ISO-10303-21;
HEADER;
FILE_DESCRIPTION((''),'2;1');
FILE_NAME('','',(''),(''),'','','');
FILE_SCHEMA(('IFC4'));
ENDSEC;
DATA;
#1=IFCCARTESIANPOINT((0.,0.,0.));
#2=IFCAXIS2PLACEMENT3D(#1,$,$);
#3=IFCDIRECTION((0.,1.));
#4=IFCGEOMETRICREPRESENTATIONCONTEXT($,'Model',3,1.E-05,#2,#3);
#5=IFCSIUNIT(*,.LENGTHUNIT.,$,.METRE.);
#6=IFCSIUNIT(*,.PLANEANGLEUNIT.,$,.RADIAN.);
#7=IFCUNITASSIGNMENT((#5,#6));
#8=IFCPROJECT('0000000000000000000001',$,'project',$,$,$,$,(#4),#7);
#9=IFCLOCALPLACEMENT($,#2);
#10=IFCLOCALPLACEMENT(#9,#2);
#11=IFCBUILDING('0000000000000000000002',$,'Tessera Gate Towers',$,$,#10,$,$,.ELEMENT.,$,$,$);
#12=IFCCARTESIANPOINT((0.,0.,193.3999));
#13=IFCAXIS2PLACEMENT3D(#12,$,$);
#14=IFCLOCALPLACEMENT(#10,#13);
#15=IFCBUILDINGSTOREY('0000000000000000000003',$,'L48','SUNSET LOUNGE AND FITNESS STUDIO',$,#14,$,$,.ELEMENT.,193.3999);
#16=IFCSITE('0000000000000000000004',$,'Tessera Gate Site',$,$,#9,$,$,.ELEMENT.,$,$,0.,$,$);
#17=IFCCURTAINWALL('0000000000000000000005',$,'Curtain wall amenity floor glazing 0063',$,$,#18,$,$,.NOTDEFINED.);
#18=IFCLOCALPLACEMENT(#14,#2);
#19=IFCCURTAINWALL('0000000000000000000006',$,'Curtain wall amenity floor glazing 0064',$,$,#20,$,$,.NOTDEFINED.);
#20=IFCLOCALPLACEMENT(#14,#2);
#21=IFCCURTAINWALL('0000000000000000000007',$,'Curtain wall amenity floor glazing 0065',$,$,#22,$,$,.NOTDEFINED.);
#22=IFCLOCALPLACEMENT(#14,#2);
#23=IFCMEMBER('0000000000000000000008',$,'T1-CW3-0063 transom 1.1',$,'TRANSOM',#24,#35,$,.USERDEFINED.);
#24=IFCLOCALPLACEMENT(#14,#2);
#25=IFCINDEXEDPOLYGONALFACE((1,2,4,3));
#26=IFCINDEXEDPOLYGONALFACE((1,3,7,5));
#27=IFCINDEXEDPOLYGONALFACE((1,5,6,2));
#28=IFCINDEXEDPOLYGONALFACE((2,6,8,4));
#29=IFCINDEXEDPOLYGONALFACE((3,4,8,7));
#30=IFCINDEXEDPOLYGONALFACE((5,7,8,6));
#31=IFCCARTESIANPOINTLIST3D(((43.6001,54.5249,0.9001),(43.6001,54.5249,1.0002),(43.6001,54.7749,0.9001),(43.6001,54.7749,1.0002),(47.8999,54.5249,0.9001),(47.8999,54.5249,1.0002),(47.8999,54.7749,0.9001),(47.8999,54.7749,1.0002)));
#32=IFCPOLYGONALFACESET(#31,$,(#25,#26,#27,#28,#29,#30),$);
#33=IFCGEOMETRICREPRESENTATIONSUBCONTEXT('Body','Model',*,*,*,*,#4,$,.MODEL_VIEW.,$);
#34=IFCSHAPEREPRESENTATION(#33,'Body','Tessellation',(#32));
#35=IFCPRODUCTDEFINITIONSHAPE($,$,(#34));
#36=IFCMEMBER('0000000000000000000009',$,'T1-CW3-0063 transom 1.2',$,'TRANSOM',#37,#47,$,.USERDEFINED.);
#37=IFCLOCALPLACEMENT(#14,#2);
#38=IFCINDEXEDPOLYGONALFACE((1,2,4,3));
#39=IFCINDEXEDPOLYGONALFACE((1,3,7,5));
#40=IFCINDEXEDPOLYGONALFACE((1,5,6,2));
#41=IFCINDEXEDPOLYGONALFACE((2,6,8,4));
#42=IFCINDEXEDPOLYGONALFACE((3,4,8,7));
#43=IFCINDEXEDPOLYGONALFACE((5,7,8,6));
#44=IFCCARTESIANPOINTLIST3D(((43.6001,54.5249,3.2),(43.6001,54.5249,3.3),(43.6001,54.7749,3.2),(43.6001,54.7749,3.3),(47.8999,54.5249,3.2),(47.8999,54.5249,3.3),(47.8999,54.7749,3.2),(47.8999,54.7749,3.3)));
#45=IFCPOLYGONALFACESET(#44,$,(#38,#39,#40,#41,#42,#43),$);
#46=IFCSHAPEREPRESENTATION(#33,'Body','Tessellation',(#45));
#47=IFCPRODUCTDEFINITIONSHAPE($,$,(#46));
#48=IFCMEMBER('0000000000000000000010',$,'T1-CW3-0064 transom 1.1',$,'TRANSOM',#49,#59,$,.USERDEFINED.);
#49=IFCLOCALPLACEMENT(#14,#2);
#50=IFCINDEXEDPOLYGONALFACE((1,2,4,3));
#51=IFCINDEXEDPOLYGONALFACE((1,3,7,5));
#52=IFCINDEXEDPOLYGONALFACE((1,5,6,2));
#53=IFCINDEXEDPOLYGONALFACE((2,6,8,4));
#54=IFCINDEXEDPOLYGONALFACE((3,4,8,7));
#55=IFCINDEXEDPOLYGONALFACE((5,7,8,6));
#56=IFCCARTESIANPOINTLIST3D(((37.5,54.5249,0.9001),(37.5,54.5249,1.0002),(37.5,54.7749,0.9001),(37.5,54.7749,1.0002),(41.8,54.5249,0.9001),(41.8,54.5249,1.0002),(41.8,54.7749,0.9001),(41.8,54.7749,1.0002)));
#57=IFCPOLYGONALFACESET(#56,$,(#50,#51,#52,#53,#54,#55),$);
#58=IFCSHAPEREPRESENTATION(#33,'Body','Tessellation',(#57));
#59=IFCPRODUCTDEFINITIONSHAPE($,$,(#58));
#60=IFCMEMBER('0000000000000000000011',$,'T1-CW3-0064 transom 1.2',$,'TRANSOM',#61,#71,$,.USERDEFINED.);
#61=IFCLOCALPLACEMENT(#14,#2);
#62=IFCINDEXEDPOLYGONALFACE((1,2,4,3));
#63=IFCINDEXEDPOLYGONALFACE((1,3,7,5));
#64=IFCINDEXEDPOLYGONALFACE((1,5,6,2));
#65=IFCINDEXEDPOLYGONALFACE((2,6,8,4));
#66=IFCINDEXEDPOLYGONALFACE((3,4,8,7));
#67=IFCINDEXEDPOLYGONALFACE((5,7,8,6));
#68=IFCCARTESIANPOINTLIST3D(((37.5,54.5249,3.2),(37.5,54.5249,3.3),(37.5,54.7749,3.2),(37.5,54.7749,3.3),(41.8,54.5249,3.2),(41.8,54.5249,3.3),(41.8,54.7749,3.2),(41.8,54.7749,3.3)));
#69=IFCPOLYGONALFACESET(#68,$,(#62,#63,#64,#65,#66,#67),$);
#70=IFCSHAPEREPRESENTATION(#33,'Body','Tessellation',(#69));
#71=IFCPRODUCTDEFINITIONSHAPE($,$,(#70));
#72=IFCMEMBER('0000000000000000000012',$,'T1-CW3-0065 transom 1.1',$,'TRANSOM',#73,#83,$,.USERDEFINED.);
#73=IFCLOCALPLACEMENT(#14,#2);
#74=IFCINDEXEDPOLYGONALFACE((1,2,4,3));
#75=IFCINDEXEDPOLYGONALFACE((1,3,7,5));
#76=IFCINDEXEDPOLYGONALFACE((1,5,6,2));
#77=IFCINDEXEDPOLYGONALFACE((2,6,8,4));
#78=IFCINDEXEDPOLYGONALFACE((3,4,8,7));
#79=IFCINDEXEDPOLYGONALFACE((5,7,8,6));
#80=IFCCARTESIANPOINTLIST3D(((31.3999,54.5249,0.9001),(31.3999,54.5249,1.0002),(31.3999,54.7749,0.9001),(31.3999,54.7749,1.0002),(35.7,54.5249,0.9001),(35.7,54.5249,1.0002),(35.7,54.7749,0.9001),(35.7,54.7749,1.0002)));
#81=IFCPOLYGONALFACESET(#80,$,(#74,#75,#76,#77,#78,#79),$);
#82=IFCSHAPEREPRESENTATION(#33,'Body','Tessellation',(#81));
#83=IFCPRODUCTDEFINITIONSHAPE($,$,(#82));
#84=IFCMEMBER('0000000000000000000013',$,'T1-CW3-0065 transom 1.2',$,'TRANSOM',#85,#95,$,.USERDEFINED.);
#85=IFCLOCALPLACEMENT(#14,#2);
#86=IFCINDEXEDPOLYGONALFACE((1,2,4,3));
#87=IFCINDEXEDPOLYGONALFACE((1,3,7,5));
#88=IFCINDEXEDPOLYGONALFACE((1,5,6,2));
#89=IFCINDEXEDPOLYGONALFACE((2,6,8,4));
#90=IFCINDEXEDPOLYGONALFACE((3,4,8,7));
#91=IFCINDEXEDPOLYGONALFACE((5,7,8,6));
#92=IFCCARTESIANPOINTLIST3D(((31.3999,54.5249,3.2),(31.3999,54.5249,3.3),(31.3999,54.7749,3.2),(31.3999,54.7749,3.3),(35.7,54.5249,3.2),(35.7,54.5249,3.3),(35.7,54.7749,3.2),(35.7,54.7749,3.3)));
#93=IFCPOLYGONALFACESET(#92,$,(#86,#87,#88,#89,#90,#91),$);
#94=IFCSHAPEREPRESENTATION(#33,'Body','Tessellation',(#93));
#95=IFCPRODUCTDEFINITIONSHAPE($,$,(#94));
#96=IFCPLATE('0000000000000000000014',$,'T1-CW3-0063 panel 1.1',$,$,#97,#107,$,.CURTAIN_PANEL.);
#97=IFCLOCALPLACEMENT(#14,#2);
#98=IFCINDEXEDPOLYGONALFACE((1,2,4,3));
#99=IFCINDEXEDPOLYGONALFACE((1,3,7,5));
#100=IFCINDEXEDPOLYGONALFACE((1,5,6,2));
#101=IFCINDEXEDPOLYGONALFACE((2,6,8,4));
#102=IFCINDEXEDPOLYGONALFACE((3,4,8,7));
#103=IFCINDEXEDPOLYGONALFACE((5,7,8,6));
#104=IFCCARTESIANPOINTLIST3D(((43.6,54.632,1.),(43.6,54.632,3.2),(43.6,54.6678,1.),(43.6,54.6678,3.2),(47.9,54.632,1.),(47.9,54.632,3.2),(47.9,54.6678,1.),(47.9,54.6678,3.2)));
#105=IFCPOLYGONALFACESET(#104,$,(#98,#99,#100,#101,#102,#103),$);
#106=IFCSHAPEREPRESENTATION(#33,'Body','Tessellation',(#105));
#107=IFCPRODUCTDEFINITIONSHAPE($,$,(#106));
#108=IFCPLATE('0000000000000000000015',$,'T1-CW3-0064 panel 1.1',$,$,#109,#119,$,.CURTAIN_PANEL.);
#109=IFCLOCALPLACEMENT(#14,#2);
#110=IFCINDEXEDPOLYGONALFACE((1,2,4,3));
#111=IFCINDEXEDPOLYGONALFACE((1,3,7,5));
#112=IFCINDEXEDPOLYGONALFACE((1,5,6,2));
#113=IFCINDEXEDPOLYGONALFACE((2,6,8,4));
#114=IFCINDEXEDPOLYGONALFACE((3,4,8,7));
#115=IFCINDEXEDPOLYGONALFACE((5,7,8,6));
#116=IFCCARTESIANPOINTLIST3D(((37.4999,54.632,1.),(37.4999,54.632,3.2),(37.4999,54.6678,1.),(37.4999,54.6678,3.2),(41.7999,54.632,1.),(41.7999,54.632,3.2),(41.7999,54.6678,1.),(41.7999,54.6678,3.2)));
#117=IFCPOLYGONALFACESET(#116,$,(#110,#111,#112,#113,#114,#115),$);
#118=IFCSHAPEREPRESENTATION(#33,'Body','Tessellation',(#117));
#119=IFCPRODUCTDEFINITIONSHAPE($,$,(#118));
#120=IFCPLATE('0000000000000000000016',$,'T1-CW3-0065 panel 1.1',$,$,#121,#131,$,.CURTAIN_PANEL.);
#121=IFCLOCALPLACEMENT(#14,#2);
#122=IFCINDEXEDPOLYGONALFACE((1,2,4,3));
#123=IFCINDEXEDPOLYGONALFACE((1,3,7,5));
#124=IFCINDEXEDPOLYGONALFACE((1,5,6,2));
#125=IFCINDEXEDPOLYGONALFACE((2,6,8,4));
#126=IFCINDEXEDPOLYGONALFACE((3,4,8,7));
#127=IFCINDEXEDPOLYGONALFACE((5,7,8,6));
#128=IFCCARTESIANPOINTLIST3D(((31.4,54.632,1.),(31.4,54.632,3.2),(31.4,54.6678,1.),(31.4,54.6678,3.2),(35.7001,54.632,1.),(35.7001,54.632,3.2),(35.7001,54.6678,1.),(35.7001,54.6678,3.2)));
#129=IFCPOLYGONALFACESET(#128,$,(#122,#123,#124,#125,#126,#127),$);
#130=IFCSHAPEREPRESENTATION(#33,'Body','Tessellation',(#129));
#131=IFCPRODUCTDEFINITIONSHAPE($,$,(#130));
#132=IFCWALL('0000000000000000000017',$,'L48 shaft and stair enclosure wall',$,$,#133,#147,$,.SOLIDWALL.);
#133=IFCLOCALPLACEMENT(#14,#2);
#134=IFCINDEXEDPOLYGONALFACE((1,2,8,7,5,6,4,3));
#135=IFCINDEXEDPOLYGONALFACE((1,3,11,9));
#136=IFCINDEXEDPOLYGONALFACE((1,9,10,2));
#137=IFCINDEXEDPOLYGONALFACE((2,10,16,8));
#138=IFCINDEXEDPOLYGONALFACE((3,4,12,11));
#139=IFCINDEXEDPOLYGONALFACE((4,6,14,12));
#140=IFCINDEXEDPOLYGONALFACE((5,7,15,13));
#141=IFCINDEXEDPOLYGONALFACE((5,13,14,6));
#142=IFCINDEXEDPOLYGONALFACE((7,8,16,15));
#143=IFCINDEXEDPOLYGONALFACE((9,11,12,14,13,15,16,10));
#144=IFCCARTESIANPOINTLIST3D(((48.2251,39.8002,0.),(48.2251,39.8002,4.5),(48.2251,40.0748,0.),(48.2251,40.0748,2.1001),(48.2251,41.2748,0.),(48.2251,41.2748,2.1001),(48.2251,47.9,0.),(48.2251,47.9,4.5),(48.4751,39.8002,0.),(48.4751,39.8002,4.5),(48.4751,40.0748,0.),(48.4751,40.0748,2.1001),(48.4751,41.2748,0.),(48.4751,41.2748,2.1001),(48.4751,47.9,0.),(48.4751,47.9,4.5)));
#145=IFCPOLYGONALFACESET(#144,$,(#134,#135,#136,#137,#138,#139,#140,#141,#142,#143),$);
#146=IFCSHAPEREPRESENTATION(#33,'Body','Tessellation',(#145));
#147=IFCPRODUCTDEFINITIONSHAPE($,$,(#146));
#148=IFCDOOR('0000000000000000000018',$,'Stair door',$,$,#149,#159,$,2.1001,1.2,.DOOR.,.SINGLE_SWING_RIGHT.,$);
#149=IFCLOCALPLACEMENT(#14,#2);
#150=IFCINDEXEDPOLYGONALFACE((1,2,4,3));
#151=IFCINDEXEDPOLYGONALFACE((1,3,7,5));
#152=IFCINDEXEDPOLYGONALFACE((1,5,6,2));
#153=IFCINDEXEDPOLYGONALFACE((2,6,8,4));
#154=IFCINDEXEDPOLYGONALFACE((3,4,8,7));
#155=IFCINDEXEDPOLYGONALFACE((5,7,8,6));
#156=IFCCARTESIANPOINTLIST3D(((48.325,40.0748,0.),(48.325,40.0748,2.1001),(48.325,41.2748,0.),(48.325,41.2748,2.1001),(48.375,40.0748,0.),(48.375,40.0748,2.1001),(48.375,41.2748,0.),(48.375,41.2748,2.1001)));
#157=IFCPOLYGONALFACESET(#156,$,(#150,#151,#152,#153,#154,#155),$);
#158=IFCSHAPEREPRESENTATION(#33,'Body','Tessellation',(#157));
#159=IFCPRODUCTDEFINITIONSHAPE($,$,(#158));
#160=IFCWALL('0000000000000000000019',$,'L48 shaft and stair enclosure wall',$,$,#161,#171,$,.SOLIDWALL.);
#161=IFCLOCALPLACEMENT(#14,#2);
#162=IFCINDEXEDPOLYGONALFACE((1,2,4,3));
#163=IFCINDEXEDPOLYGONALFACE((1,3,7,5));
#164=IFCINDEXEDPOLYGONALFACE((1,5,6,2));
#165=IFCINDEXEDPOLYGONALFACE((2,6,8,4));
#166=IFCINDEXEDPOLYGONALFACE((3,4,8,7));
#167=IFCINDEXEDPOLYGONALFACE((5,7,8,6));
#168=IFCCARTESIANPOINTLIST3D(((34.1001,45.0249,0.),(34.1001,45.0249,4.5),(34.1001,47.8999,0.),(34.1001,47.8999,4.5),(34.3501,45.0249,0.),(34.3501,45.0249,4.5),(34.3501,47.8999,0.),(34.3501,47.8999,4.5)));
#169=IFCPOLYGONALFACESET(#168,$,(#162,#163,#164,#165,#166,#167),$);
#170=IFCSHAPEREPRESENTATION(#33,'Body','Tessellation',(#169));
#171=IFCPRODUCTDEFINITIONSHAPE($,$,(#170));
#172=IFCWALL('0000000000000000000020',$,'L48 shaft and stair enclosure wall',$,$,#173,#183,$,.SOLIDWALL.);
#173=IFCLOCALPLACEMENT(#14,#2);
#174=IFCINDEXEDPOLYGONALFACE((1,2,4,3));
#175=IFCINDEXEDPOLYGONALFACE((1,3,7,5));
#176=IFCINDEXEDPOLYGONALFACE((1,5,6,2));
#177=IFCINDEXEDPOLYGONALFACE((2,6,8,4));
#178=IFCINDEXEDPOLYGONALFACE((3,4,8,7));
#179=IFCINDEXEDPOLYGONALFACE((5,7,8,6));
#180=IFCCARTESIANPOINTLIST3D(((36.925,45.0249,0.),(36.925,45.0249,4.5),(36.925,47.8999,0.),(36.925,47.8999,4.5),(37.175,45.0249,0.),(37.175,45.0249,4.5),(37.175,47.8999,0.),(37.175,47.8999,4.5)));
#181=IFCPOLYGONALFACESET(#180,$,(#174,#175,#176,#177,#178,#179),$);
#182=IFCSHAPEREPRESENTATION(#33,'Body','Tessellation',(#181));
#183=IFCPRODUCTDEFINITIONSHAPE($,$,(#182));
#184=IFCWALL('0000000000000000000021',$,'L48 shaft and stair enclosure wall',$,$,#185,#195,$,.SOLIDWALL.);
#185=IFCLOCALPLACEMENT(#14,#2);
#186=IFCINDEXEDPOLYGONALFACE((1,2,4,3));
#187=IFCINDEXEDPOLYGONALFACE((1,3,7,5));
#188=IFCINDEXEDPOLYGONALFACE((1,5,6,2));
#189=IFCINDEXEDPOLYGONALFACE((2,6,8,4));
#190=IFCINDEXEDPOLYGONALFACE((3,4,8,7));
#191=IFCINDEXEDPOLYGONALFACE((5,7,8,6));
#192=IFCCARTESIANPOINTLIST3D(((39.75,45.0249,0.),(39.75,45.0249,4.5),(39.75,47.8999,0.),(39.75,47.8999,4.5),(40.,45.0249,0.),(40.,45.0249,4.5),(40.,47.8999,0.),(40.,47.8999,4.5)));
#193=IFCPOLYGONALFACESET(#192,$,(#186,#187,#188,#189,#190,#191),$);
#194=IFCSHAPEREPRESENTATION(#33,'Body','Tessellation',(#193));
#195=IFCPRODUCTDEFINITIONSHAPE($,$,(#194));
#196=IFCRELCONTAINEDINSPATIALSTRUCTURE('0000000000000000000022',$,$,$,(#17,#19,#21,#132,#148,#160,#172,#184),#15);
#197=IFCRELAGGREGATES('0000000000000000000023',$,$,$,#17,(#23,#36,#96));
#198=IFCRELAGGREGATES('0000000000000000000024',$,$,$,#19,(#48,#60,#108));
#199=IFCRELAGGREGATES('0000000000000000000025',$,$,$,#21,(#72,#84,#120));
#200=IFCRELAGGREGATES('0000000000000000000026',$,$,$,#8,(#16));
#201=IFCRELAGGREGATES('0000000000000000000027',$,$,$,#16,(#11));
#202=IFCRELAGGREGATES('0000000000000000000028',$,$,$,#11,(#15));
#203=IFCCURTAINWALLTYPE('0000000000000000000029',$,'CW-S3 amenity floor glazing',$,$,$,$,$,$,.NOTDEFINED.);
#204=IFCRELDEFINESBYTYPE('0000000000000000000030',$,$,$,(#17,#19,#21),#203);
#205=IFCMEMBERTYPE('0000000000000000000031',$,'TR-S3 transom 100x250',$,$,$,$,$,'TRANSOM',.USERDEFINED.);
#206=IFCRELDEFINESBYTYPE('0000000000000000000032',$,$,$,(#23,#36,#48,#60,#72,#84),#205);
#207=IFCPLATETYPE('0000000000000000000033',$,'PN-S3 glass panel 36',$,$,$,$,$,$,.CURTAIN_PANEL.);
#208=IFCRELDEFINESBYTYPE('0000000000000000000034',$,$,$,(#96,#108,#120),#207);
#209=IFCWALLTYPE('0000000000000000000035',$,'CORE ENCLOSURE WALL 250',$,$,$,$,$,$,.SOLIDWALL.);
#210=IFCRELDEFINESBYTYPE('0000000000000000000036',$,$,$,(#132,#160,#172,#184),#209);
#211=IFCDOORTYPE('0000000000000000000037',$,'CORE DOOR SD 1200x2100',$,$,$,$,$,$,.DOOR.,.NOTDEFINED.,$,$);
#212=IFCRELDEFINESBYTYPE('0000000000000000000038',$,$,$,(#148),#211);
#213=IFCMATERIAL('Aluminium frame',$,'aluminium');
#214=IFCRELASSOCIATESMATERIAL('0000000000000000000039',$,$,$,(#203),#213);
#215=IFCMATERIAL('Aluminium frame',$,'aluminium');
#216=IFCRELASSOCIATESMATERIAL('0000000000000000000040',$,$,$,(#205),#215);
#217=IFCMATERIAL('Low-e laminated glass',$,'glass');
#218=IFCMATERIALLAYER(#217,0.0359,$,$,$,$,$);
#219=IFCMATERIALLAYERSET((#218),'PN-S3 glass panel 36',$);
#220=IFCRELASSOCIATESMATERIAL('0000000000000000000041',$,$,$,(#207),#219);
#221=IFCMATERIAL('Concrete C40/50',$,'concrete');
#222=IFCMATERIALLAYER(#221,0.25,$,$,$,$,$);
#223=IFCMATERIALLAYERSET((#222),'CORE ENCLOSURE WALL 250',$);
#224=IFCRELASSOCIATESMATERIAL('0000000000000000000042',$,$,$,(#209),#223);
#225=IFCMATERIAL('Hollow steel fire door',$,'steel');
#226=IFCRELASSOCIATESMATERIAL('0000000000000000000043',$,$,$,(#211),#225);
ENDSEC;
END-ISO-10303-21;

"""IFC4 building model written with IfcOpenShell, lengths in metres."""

from ifc_helpers import new_model, si_unit, direction, frame, frame_2d, origin, origin_2d, place, context, subcontext, project, spatial, rectangle, extrude, source, transform, mapped, material, layer, layer_set, material_profile, profile_set, type_object, element, fill, aggregate, save


model = new_model("IFC4")

# Units and contexts
model_context = context("Model", 3, precision=1e-05, world=origin(), true_north=direction((0.0, 1.0)))
body_context = subcontext(model_context, "Body", "Model", "MODEL_VIEW")
ifc_project = project(units=[si_unit("LENGTHUNIT", "METRE"), si_unit("PLANEANGLEUNIT", "RADIAN")], contexts=[model_context])

# Site, building, storey
site_placement = place(None, origin())
site = spatial("IfcSite", under=ifc_project, at=site_placement, Name="Tessera Gate Site", CompositionType="ELEMENT", RefElevation=0.0)
building_placement = place(site_placement, origin())
building = spatial("IfcBuilding", under=site, at=building_placement, Name="Tessera Gate Towers", CompositionType="ELEMENT")
storey_placement = place(building_placement, frame((0.0, 0.0, 193.3999)))
storey = spatial("IfcBuildingStorey", under=building, at=storey_placement, Name="L48", Description="SUNSET LOUNGE AND FITNESS STUDIO", CompositionType="ELEMENT", Elevation=193.3999)

# Shared definitions
ifc_material_1 = material(Name="Aluminium frame", Category="aluminium")
curtain_wall_type = type_object("IfcCurtainWallType", Name="CW-S3 amenity floor glazing", PredefinedType="NOTDEFINED", material=ifc_material_1)

# Curtain walls
curtain_wall_1_placement = place(storey_placement, origin())
curtain_wall_1 = element("IfcCurtainWall", 1, at=curtain_wall_1_placement, inside=storey, type_object=curtain_wall_type, Name="Curtain wall amenity floor glazing 0063", PredefinedType="NOTDEFINED")
curtain_wall_2_placement = place(storey_placement, origin())
curtain_wall_2 = element("IfcCurtainWall", 2, at=curtain_wall_2_placement, inside=storey, type_object=curtain_wall_type, Name="Curtain wall amenity floor glazing 0064", PredefinedType="NOTDEFINED")
curtain_wall_3_placement = place(storey_placement, origin())
curtain_wall_3 = element("IfcCurtainWall", 3, at=curtain_wall_3_placement, inside=storey, type_object=curtain_wall_type, Name="Curtain wall amenity floor glazing 0065", PredefinedType="NOTDEFINED")

# Members
ifc_material_2 = material(Name="Aluminium frame", Category="aluminium")
ifc_material_profile_1 = material_profile(ifc_material_2, rectangle(XDim=0.25, YDim=0.1001, at=origin_2d()), Name="AL 100x250")
ifc_profile_set_1 = profile_set([ifc_material_profile_1], Name="Aluminium frame")
member_type_1 = type_object("IfcMemberType", Name="TR-S3 transom 100x250", ElementType="TRANSOM", PredefinedType="USERDEFINED", material=ifc_profile_set_1)
member_1_placement = place(storey_placement, frame((47.8999, 54.6499, 0.9502), z_axis=(-1.0, 0.0, 0.0), x_axis=(0.0, -1.0, 0.0)))
member_1 = element("IfcMember", 4, at=member_1_placement, type_object=member_type_1, Name="T1-CW3-0063 transom 1.1", ObjectType="TRANSOM", PredefinedType="USERDEFINED", context=body_context, shape_type="SweptSolid", body=[
    extrude(rectangle(XDim=0.25, YDim=0.1001, at=origin_2d()), origin(), (0.0, 0.0, 1.0), 4.2998),
])
member_2_placement = place(storey_placement, frame((47.8999, 54.6499, 3.25), z_axis=(-1.0, 0.0, 0.0), x_axis=(0.0, -1.0, 0.0)))
member_2 = element("IfcMember", 5, at=member_2_placement, type_object=member_type_1, Name="T1-CW3-0063 transom 1.2", ObjectType="TRANSOM", PredefinedType="USERDEFINED", context=body_context, shape_type="SweptSolid", body=[
    extrude(rectangle(XDim=0.25, YDim=0.1001, at=origin_2d()), origin(), (0.0, 0.0, 1.0), 4.2998),
])
member_3_placement = place(storey_placement, frame((41.8, 54.6499, 0.9502), z_axis=(-1.0, 0.0, 0.0), x_axis=(0.0, -1.0, 0.0)))
member_3 = element("IfcMember", 6, at=member_3_placement, type_object=member_type_1, Name="T1-CW3-0064 transom 1.1", ObjectType="TRANSOM", PredefinedType="USERDEFINED", context=body_context, shape_type="SweptSolid", body=[
    extrude(rectangle(XDim=0.25, YDim=0.1001, at=origin_2d()), origin(), (0.0, 0.0, 1.0), 4.3),
])
member_4_placement = place(storey_placement, frame((41.8, 54.6499, 3.25), z_axis=(-1.0, 0.0, 0.0), x_axis=(0.0, -1.0, 0.0)))
member_4 = element("IfcMember", 7, at=member_4_placement, type_object=member_type_1, Name="T1-CW3-0064 transom 1.2", ObjectType="TRANSOM", PredefinedType="USERDEFINED", context=body_context, shape_type="SweptSolid", body=[
    extrude(rectangle(XDim=0.25, YDim=0.1001, at=origin_2d()), origin(), (0.0, 0.0, 1.0), 4.3),
])
member_5_placement = place(storey_placement, frame((35.7, 54.6499, 0.9502), z_axis=(-1.0, 0.0, 0.0), x_axis=(0.0, -1.0, 0.0)))
member_5 = element("IfcMember", 8, at=member_5_placement, type_object=member_type_1, Name="T1-CW3-0065 transom 1.1", ObjectType="TRANSOM", PredefinedType="USERDEFINED", context=body_context, shape_type="SweptSolid", body=[
    extrude(rectangle(XDim=0.25, YDim=0.1001, at=origin_2d()), origin(), (0.0, 0.0, 1.0), 4.3),
])
member_6_placement = place(storey_placement, frame((35.7, 54.6499, 3.25), z_axis=(-1.0, 0.0, 0.0), x_axis=(0.0, -1.0, 0.0)))
member_6 = element("IfcMember", 9, at=member_6_placement, type_object=member_type_1, Name="T1-CW3-0065 transom 1.2", ObjectType="TRANSOM", PredefinedType="USERDEFINED", context=body_context, shape_type="SweptSolid", body=[
    extrude(rectangle(XDim=0.25, YDim=0.1001, at=origin_2d()), origin(), (0.0, 0.0, 1.0), 4.3),
])

# Plates
ifc_material_3 = material(Name="Low-e laminated glass", Category="glass")
ifc_layer_1 = layer(ifc_material_3, 0.0359)
ifc_layer_set_1 = layer_set([ifc_layer_1], Name="PN-S3 glass panel 36")
plate_type = type_object("IfcPlateType", Name="PN-S3 glass panel 36", PredefinedType="CURTAIN_PANEL", material=ifc_layer_set_1)
plate_1_placement = place(storey_placement, frame((45.75, 54.6499, 1.0), z_axis=(0.0, 0.0, 1.0), x_axis=(-1.0, 0.0, 0.0)))
plate_1 = element("IfcPlate", 10, at=plate_1_placement, type_object=plate_type, Name="T1-CW3-0063 panel 1.1", PredefinedType="CURTAIN_PANEL", context=body_context, shape_type="SweptSolid", body=[
    extrude(rectangle(XDim=4.3, YDim=0.0359, at=origin_2d()), origin(), (0.0, 0.0, 1.0), 2.2),
])
aggregate(curtain_wall_1, [member_1, member_2, plate_1])
plate_2_placement = place(storey_placement, frame((39.6499, 54.6499, 1.0), z_axis=(0.0, 0.0, 1.0), x_axis=(-1.0, 0.0, 0.0)))
plate_2 = element("IfcPlate", 11, at=plate_2_placement, type_object=plate_type, Name="T1-CW3-0064 panel 1.1", PredefinedType="CURTAIN_PANEL", context=body_context, shape_type="SweptSolid", body=[
    extrude(rectangle(XDim=4.3, YDim=0.0359, at=origin_2d()), origin(), (0.0, 0.0, 1.0), 2.2),
])
aggregate(curtain_wall_2, [member_3, member_4, plate_2])
plate_3_placement = place(storey_placement, frame((33.55, 54.6499, 1.0), z_axis=(0.0, 0.0, 1.0), x_axis=(-1.0, 0.0, 0.0)))
plate_3 = element("IfcPlate", 12, at=plate_3_placement, type_object=plate_type, Name="T1-CW3-0065 panel 1.1", PredefinedType="CURTAIN_PANEL", context=body_context, shape_type="SweptSolid", body=[
    extrude(rectangle(XDim=4.3, YDim=0.0359, at=origin_2d()), origin(), (0.0, 0.0, 1.0), 2.2),
])
aggregate(curtain_wall_3, [member_5, member_6, plate_3])

# Wall, opening, door
ifc_material_4 = material(Name="Concrete C40/50", Category="concrete")
ifc_layer_2 = layer(ifc_material_4, 0.25)
ifc_layer_set_2 = layer_set([ifc_layer_2], Name="CORE ENCLOSURE WALL 250")
wall_type_1 = type_object("IfcWallType", Name="CORE ENCLOSURE WALL 250", PredefinedType="SOLIDWALL", material=ifc_layer_set_2)
wall_1_placement = place(storey_placement, frame((48.3501, 47.8999, 0.0), z_axis=(0.0, 0.0, 1.0), x_axis=(0.0, -1.0, 0.0)))
wall_1 = element("IfcWall", 13, at=wall_1_placement, inside=storey, type_object=wall_type_1, Name="L48 shaft and stair enclosure wall", PredefinedType="SOLIDWALL", context=body_context, shape_type="SweptSolid", body=[
    extrude(rectangle(XDim=8.0999, YDim=0.25, at=frame_2d((4.0498, 0.0))), origin(), (0.0, 0.0, 1.0), 4.5),
])
shared_shape_1 = source(origin(), body_context, "Body", "SweptSolid", [
    extrude(rectangle(XDim=1.2, YDim=2.1001, at=frame_2d((0.6001, 1.05))), frame((0.0, 0.135, 0.0), z_axis=(0.0, -1.0, 0.0), x_axis=(1.0, 0.0, 0.0)), (0.0, 0.0, 1.0), 0.27),
])
opening_placement = place(wall_1_placement, frame((6.625, 0.0, 0.0)))
opening = element("IfcOpeningElement", 14, at=opening_placement, cuts=wall_1, PredefinedType="OPENING", context=body_context, shape_type="MappedRepresentation", body=[
    mapped(shared_shape_1, transform((0.0, 0.0, 0.0), scale=1.0)),
])
ifc_material_5 = material(Name="Hollow steel fire door", Category="steel")
door_type = type_object("IfcDoorType", Name="CORE DOOR SD 1200x2100", OperationType="NOTDEFINED", PredefinedType="DOOR", material=ifc_material_5)
shared_shape_2 = source(origin(), body_context, "Body", "SweptSolid", [
    extrude(rectangle(XDim=1.2, YDim=2.1001, at=frame_2d((0.6001, 1.05))), frame((0.0, 0.0249, 0.0), z_axis=(0.0, -1.0, 0.0), x_axis=(1.0, 0.0, 0.0)), (0.0, 0.0, 1.0), 0.05),
])
door_placement = place(opening_placement, origin())
door = element("IfcDoor", 15, at=door_placement, inside=storey, type_object=door_type, Name="Stair door", OperationType="SINGLE_SWING_RIGHT", OverallHeight=2.1001, OverallWidth=1.2, PredefinedType="DOOR", context=body_context, shape_type="MappedRepresentation", body=[
    mapped(shared_shape_2, transform((0.0, 0.0, 0.0), scale=1.0)),
])
fill(opening, door)

# Walls
for number, where, z_axis, x_axis, name in (
    (16, (34.2251, 45.0249, 0.0), (0.0, 0.0, 1.0), (0.0, 1.0, 0.0), "L48 shaft and stair enclosure wall"),
    (17, (37.05, 45.0249, 0.0), (0.0, 0.0, 1.0), (0.0, 1.0, 0.0), "L48 shaft and stair enclosure wall"),
    (18, (39.875, 45.0249, 0.0), (0.0, 0.0, 1.0), (0.0, 1.0, 0.0), "L48 shaft and stair enclosure wall"),
):
    element("IfcWall", number, at=place(storey_placement, frame(where, z_axis=z_axis, x_axis=x_axis)), inside=storey, type_object=wall_type_1, Name=name, PredefinedType="SOLIDWALL", context=body_context, shape_type="SweptSolid", body=[
        extrude(rectangle(XDim=2.875, YDim=0.25, at=frame_2d((1.4375, 0.0))), origin(), (0.0, 0.0, 1.0), 4.5),
    ])

save(model, "model.ifc")
